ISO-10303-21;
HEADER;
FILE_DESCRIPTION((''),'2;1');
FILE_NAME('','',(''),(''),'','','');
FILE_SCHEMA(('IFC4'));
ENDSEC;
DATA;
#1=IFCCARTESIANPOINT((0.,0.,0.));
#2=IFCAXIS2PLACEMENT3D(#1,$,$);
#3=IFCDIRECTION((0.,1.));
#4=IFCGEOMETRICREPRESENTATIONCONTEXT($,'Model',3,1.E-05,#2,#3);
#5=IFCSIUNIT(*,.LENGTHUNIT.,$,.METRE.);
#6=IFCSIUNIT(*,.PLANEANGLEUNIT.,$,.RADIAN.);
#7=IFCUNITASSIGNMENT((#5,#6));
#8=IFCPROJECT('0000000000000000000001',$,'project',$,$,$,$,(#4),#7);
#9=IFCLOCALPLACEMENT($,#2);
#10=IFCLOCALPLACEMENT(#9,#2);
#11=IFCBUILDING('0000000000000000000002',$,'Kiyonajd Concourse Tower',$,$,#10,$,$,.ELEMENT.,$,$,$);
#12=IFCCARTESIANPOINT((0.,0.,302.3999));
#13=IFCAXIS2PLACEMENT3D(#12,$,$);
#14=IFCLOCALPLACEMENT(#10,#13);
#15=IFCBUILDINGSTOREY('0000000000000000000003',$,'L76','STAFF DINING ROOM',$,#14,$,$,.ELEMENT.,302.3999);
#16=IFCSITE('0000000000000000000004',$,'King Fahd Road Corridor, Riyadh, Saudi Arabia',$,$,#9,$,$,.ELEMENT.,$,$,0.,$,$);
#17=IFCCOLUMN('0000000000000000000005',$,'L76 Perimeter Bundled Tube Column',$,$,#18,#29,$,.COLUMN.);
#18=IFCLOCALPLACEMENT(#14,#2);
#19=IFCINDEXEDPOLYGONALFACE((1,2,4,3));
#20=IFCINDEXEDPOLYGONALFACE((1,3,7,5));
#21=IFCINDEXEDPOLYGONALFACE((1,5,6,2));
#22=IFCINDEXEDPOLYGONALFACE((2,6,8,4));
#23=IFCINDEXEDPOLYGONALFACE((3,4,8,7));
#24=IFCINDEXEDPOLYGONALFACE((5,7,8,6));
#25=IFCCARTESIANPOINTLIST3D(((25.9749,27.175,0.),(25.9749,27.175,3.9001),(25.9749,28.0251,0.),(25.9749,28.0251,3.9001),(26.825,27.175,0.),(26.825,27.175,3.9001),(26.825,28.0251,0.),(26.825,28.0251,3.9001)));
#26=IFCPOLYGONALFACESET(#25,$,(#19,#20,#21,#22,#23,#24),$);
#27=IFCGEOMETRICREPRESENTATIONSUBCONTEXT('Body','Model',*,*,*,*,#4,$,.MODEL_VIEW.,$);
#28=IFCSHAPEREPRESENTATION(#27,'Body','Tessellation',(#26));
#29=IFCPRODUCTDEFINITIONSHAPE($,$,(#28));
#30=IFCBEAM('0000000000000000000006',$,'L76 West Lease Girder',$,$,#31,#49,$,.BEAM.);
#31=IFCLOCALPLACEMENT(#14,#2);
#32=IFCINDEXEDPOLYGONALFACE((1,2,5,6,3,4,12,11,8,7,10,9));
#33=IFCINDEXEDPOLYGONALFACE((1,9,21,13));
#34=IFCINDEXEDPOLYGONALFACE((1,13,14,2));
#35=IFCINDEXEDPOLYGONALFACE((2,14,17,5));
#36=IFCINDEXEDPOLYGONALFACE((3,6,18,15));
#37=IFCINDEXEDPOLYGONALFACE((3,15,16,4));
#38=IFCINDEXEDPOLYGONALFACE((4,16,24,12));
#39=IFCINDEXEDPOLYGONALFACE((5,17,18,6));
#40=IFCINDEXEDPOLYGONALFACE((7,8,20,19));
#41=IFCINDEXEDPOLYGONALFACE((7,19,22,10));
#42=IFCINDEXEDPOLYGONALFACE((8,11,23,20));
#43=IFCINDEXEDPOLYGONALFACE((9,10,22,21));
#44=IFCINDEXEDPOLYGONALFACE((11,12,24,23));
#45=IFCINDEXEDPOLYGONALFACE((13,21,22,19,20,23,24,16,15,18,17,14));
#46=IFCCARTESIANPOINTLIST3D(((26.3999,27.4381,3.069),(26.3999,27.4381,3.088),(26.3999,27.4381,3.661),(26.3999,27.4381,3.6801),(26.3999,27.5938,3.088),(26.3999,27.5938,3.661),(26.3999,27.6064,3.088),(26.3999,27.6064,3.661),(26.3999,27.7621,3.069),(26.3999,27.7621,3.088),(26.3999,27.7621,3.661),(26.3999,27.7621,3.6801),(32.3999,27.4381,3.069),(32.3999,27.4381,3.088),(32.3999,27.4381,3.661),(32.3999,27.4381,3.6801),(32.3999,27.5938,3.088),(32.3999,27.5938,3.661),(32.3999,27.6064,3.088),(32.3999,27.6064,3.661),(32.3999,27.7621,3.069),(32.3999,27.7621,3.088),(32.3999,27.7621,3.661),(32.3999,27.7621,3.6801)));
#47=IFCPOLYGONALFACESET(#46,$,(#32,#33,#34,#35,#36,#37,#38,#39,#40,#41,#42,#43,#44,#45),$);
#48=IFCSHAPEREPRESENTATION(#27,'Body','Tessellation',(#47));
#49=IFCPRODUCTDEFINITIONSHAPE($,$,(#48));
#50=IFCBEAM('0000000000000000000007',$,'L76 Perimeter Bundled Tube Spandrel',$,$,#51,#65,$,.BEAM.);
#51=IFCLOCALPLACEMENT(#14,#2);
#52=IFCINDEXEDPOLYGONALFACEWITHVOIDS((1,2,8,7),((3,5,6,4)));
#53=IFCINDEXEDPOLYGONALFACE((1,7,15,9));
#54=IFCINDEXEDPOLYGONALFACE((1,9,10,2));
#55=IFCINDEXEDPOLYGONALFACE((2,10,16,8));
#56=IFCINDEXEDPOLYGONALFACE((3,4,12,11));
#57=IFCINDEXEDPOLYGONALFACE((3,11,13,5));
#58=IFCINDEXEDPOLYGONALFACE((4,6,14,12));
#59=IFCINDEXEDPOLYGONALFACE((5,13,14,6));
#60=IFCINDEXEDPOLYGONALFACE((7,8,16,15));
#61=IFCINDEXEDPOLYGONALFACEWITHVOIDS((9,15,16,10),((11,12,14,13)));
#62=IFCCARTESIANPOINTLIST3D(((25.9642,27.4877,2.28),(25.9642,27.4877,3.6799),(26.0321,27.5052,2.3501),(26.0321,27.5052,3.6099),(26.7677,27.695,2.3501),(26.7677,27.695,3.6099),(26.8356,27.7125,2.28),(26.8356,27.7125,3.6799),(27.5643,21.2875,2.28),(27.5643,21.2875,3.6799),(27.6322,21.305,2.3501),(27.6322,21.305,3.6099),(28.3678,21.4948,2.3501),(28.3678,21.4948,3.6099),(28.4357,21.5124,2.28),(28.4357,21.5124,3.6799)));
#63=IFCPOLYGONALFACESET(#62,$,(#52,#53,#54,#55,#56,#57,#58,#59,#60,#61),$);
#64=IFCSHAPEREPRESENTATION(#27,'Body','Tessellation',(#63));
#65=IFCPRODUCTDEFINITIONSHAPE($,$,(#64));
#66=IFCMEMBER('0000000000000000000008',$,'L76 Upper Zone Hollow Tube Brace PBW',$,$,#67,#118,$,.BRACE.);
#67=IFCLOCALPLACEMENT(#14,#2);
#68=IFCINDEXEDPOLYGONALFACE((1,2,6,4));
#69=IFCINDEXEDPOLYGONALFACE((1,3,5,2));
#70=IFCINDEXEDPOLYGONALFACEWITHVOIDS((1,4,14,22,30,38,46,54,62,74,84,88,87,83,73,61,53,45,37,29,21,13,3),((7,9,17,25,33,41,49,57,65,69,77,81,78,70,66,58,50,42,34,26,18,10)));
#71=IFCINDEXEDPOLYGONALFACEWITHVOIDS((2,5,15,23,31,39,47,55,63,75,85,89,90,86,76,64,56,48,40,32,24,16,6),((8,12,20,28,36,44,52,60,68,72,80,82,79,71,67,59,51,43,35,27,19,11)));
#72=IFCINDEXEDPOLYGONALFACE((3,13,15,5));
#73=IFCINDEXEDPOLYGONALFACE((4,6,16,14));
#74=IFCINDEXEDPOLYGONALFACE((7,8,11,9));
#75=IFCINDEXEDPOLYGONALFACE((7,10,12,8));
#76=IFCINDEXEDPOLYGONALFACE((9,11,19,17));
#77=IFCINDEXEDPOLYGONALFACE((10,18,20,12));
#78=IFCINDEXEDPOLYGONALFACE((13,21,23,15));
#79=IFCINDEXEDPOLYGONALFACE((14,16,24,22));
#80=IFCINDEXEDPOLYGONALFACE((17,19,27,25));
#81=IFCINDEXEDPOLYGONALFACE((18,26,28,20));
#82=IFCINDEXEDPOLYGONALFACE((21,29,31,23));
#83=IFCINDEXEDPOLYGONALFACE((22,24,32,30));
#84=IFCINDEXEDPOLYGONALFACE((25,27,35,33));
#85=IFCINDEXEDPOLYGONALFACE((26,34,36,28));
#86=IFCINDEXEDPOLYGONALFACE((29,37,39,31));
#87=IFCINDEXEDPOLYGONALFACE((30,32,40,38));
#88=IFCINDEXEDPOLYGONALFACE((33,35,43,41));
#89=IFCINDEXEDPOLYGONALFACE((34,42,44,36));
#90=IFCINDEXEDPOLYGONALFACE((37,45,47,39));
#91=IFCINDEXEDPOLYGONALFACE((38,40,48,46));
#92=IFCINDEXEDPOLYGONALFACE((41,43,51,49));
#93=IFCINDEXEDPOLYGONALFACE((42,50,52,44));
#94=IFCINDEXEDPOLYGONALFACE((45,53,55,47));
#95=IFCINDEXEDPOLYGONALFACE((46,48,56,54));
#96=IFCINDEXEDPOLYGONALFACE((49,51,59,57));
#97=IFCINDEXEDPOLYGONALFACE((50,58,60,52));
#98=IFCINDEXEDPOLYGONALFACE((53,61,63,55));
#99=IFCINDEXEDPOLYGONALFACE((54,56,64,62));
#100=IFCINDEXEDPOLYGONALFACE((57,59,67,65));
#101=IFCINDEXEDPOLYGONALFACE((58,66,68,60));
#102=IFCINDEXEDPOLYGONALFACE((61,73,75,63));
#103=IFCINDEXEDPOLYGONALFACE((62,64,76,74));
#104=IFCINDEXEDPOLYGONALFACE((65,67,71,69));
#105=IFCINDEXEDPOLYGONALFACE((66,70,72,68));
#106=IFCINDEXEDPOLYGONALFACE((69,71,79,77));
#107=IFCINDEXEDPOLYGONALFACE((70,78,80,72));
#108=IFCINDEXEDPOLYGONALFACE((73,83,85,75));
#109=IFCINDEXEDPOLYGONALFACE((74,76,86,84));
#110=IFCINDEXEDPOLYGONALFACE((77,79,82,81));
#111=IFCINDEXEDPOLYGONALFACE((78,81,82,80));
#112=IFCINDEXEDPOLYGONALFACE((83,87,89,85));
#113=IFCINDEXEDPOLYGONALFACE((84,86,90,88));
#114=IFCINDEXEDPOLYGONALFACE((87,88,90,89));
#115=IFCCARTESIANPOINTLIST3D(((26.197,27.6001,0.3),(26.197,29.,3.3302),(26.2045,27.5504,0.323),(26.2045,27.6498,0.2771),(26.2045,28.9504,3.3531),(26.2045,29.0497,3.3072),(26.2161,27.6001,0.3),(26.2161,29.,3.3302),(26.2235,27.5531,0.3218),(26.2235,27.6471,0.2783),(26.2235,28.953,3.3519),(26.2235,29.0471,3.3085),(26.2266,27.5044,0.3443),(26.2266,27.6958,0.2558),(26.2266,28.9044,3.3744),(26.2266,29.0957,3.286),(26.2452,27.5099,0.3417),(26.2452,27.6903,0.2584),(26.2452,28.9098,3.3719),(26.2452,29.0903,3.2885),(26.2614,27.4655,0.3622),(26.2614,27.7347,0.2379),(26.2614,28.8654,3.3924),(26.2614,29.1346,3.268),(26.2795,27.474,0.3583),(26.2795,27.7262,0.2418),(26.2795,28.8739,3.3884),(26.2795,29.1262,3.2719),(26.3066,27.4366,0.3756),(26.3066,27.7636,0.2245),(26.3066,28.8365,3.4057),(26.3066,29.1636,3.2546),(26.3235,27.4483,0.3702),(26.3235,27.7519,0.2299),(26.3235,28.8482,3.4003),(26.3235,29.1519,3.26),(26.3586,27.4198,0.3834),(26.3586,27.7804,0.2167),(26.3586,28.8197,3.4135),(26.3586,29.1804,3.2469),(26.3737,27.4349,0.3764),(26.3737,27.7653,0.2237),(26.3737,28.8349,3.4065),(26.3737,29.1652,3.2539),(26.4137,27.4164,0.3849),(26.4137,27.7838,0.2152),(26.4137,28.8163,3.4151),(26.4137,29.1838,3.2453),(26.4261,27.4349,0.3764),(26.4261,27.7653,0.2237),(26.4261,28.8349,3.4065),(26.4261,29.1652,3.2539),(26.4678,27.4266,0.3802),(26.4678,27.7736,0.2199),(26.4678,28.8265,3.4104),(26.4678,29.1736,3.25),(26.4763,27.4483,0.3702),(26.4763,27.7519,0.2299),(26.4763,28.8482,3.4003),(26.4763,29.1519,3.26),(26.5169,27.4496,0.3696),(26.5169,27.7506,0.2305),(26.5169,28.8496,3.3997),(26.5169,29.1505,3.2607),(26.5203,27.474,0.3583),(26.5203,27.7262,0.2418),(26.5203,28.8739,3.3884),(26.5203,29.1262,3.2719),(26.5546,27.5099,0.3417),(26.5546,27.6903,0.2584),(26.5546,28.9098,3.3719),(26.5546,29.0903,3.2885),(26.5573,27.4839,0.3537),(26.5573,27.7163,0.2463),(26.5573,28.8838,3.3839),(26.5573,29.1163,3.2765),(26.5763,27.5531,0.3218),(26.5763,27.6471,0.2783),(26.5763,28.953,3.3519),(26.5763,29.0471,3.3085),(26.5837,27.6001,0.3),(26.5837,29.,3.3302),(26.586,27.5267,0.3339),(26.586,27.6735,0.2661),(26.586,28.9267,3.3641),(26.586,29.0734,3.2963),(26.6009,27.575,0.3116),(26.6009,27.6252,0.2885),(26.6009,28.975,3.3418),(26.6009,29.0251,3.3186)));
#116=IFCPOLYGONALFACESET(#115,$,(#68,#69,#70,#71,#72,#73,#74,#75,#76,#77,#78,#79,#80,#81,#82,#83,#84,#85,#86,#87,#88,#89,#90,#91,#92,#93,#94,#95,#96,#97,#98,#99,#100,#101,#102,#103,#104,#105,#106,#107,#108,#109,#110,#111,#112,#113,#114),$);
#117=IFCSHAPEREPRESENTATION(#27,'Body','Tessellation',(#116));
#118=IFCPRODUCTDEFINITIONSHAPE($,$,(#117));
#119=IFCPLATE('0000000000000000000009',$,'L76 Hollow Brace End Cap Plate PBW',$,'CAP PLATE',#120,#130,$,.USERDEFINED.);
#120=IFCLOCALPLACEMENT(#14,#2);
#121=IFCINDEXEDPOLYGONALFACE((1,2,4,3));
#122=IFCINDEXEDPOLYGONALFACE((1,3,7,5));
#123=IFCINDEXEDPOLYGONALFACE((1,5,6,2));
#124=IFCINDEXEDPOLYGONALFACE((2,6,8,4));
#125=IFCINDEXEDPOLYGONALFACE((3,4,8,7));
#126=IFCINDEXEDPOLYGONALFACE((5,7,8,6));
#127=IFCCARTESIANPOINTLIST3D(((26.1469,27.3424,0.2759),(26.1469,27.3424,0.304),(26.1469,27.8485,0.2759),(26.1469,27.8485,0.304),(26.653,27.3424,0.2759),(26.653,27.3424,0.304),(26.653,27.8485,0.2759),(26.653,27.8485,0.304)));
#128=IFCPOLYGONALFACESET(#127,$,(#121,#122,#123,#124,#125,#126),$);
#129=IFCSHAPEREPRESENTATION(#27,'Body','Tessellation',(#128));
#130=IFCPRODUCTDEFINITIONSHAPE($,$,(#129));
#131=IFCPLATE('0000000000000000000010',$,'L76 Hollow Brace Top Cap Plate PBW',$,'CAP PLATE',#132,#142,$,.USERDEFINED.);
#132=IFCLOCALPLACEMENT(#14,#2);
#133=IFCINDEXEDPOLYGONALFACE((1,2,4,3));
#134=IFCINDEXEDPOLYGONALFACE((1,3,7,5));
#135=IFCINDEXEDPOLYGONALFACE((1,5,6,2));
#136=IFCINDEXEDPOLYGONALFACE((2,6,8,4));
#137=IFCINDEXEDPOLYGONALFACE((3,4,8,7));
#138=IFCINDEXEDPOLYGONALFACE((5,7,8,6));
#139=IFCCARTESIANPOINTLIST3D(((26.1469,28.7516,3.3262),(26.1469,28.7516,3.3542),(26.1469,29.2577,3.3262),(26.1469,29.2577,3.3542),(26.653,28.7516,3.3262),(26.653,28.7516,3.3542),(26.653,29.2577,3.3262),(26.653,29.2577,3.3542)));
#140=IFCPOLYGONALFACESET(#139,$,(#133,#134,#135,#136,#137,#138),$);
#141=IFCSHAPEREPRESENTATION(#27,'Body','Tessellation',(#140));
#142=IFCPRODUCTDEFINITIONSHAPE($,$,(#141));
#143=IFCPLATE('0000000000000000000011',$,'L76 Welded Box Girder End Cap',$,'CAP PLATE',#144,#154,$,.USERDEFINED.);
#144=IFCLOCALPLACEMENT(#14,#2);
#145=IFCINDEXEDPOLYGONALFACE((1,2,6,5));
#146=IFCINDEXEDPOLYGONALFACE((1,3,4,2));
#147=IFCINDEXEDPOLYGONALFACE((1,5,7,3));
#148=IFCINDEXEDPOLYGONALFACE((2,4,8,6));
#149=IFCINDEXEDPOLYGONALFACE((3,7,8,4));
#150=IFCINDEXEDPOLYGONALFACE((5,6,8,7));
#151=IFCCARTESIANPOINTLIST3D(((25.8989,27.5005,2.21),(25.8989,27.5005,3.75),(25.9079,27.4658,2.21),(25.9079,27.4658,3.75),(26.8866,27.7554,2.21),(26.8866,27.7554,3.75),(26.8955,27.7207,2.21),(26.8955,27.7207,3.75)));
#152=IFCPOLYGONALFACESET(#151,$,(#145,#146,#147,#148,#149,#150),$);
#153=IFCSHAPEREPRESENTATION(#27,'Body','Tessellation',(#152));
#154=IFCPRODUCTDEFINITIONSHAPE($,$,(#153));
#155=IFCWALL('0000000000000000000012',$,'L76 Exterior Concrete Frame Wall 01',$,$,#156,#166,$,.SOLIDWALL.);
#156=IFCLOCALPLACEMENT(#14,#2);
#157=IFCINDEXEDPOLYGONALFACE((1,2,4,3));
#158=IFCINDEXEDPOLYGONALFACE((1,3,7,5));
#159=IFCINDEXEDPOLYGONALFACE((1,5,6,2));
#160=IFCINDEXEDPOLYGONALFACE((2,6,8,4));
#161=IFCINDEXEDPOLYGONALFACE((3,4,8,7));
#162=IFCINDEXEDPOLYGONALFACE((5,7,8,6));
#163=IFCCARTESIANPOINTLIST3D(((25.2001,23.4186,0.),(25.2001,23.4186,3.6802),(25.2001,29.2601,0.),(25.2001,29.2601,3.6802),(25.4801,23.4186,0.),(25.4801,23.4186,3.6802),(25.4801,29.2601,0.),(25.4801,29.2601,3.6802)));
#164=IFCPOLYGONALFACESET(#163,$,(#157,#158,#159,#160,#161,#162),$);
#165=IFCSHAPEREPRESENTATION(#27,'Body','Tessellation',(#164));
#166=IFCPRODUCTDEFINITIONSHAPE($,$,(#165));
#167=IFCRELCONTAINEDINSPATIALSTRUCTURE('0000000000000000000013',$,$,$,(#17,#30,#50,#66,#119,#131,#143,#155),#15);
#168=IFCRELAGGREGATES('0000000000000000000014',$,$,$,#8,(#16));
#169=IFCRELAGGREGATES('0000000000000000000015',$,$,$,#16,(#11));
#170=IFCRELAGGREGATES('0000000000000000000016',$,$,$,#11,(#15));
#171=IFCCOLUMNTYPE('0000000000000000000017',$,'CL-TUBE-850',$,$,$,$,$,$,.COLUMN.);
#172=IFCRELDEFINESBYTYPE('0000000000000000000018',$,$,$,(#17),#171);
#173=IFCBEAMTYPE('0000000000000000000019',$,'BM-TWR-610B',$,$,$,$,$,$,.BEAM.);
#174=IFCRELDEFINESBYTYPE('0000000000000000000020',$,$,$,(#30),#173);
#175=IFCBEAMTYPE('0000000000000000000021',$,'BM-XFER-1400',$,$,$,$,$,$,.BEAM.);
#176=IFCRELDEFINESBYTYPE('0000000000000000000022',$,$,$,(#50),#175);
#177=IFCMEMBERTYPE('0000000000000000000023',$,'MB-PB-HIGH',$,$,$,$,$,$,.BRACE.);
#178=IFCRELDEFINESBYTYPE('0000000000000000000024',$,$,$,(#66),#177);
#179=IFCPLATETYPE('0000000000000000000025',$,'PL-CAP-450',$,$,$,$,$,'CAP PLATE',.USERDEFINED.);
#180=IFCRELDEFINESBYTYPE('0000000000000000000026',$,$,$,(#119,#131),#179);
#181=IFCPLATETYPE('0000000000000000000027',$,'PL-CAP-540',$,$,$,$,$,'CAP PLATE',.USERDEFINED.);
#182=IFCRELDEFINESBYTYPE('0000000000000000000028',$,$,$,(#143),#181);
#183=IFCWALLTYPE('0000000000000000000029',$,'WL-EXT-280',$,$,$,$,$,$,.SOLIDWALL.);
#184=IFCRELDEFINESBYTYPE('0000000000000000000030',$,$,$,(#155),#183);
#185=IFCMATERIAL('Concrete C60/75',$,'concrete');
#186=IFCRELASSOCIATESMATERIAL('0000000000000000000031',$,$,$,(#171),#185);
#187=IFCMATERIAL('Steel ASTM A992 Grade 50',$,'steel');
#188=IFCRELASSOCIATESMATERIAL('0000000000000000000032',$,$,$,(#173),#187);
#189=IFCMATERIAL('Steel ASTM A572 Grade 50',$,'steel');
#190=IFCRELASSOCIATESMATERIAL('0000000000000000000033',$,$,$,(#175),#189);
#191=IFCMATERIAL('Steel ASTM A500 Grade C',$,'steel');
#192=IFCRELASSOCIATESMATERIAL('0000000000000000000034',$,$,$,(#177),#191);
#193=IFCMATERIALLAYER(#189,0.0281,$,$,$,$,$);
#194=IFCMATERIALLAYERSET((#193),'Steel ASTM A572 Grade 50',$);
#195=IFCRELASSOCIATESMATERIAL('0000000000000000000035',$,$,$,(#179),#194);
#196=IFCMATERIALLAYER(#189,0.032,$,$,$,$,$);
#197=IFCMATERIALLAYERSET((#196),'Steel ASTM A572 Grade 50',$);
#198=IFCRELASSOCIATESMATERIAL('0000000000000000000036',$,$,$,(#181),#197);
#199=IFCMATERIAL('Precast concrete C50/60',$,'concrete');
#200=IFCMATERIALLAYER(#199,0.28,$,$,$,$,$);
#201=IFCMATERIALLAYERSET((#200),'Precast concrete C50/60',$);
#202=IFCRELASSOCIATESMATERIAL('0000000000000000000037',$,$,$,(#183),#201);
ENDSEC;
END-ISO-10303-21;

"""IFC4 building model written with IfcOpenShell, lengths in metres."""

from ifc_helpers import new_model, si_unit, direction, frame, frame_2d, origin, origin_2d, place, context, subcontext, project, spatial, rectangle, hollow_rectangle, hollow_circle, i_section, extrude, material, layer, layer_set, material_profile, profile_set, type_object, element, save


model = new_model("IFC4")

# Units and contexts
model_context = context("Model", 3, precision=1e-05, world=origin(), true_north=direction((0.0, 1.0)))
body_context = subcontext(model_context, "Body", "Model", "MODEL_VIEW")
ifc_project = project(units=[si_unit("LENGTHUNIT", "METRE"), si_unit("PLANEANGLEUNIT", "RADIAN")], contexts=[model_context])

# Site, building, storey
site_placement = place(None, origin())
site = spatial("IfcSite", under=ifc_project, at=site_placement, Name="King Fahd Road Corridor, Riyadh, Saudi Arabia", CompositionType="ELEMENT", RefElevation=0.0)
building_placement = place(site_placement, origin())
building = spatial("IfcBuilding", under=site, at=building_placement, Name="Kiyonajd Concourse Tower", CompositionType="ELEMENT")
storey_placement = place(building_placement, frame((0.0, 0.0, 302.3999)))
storey = spatial("IfcBuildingStorey", under=building, at=storey_placement, Name="L76", Description="STAFF DINING ROOM", CompositionType="ELEMENT", Elevation=302.3999)

# Column
ifc_material_1 = material(Name="Concrete C60/75", Category="concrete")
ifc_material_profile_1 = material_profile(ifc_material_1, rectangle(XDim=0.8501, YDim=0.8501, at=origin_2d()), Name="RC-850x850")
ifc_profile_set_1 = profile_set([ifc_material_profile_1], Name="Concrete C60/75")
column_type = type_object("IfcColumnType", Name="CL-TUBE-850", PredefinedType="COLUMN", material=ifc_profile_set_1)
column_placement = place(storey_placement, frame((26.3999, 27.6001, 0.0), z_axis=(0.0, 0.0, 1.0), x_axis=(1.0, 0.0, 0.0)))
element("IfcColumn", 1, at=column_placement, inside=storey, type_object=column_type, Name="L76 Perimeter Bundled Tube Column", PredefinedType="COLUMN", context=body_context, shape_type="SweptSolid", body=[
    extrude(rectangle(XDim=0.8501, YDim=0.8501, at=origin_2d()), origin(), (0.0, 0.0, 1.0), 3.9001),
])

# Beams
ifc_material_2 = material(Name="Steel ASTM A992 Grade 50", Category="steel")
ifc_material_profile_2 = material_profile(ifc_material_2, i_section(OverallWidth=0.324, OverallDepth=0.6111, WebThickness=0.0127, FlangeThickness=0.019, at=origin_2d()), Name="W610X155")
ifc_profile_set_2 = profile_set([ifc_material_profile_2], Name="Steel ASTM A992 Grade 50")
beam_type_1 = type_object("IfcBeamType", Name="BM-TWR-610B", PredefinedType="BEAM", material=ifc_profile_set_2)
beam_1_placement = place(storey_placement, frame((26.3999, 27.6001, 3.3745), z_axis=(1.0, 0.0, 0.0), x_axis=(0.0, 1.0, 0.0)))
element("IfcBeam", 2, at=beam_1_placement, inside=storey, type_object=beam_type_1, Name="L76 West Lease Girder", PredefinedType="BEAM", context=body_context, shape_type="SweptSolid", body=[
    extrude(i_section(OverallWidth=0.324, OverallDepth=0.6111, WebThickness=0.0127, FlangeThickness=0.019, at=origin_2d()), origin(), (0.0, 0.0, 1.0), 6.0),
])
ifc_material_3 = material(Name="Steel ASTM A572 Grade 50", Category="steel")
ifc_material_profile_3 = material_profile(ifc_material_3, hollow_rectangle(XDim=0.8999, YDim=1.3999, WallThickness=0.0701, at=origin_2d()), Name="BOX-1400x900x70")
ifc_profile_set_3 = profile_set([ifc_material_profile_3], Name="Steel ASTM A572 Grade 50")
beam_type_2 = type_object("IfcBeamType", Name="BM-XFER-1400", PredefinedType="BEAM", material=ifc_profile_set_3)
beam_2_placement = place(storey_placement, frame((26.3999, 27.6001, 2.98), z_axis=(0.249885, -0.968276, 0.0), x_axis=(0.968276, 0.249885, 0.0)))
element("IfcBeam", 3, at=beam_2_placement, inside=storey, type_object=beam_type_2, Name="L76 Perimeter Bundled Tube Spandrel", PredefinedType="BEAM", context=body_context, shape_type="SweptSolid", body=[
    extrude(hollow_rectangle(XDim=0.8999, YDim=1.3999, WallThickness=0.0701, at=origin_2d()), origin(), (0.0, 0.0, 1.0), 6.4033),
])

# Member
ifc_material_4 = material(Name="Steel ASTM A500 Grade C", Category="steel")
ifc_material_profile_4 = material_profile(ifc_material_4, hollow_circle(Radius=0.2029, WallThickness=0.019, at=origin_2d()), Name="CHS-406x19")
ifc_profile_set_4 = profile_set([ifc_material_profile_4], Name="Steel ASTM A500 Grade C")
member_type = type_object("IfcMemberType", Name="MB-PB-HIGH", PredefinedType="BRACE", material=ifc_profile_set_4)
member_placement = place(storey_placement, frame((26.3999, 27.6001, 0.3), z_axis=(0.0, 0.419411, 0.907797), x_axis=(-1.0, 0.0, 0.0)))
element("IfcMember", 4, at=member_placement, inside=storey, type_object=member_type, Name="L76 Upper Zone Hollow Tube Brace PBW", PredefinedType="BRACE", context=body_context, shape_type="SweptSolid", body=[
    extrude(hollow_circle(Radius=0.2029, WallThickness=0.019, at=origin_2d()), origin(), (0.0, 0.0, 1.0), 3.3379),
])

# Plates
ifc_layer_1 = layer(ifc_material_3, 0.0281)
ifc_layer_set_1 = layer_set([ifc_layer_1], Name="Steel ASTM A572 Grade 50")
plate_type_1 = type_object("IfcPlateType", Name="PL-CAP-450", ElementType="CAP PLATE", PredefinedType="USERDEFINED", material=ifc_layer_set_1)
for number, where, z_axis, x_axis, name in (
    (5, (26.3999, 27.5955, 0.2759), (0.0, 0.0, 1.0), (1.0, 0.0, 0.0), "L76 Hollow Brace End Cap Plate PBW"),
    (6, (26.3999, 29.0046, 3.3262), (0.0, 0.0, 1.0), (1.0, 0.0, 0.0), "L76 Hollow Brace Top Cap Plate PBW"),
):
    element("IfcPlate", number, at=place(storey_placement, frame(where, z_axis=z_axis, x_axis=x_axis)), inside=storey, type_object=plate_type_1, Name=name, ObjectType="CAP PLATE", PredefinedType="USERDEFINED", context=body_context, shape_type="SweptSolid", body=[
        extrude(rectangle(XDim=0.5061, YDim=0.5061, at=origin_2d()), origin(), (0.0, 0.0, 1.0), 0.0281),
    ])
ifc_layer_2 = layer(ifc_material_3, 0.032)
ifc_layer_set_2 = layer_set([ifc_layer_2], Name="Steel ASTM A572 Grade 50")
plate_type_2 = type_object("IfcPlateType", Name="PL-CAP-540", ElementType="CAP PLATE", PredefinedType="USERDEFINED", material=ifc_layer_set_2)
plate_placement = place(storey_placement, frame((26.3972, 27.6106, 2.21), z_axis=(0.0, 0.0, 1.0), x_axis=(-0.249873, 0.968279, 0.0)))
element("IfcPlate", 7, at=plate_placement, inside=storey, type_object=plate_type_2, Name="L76 Welded Box Girder End Cap", ObjectType="CAP PLATE", PredefinedType="USERDEFINED", context=body_context, shape_type="SweptSolid", body=[
    extrude(rectangle(XDim=0.0359, YDim=1.02, at=origin_2d()), origin(), (0.0, 0.0, 1.0), 1.54),
])

# Wall
ifc_material_5 = material(Name="Precast concrete C50/60", Category="concrete")
ifc_layer_3 = layer(ifc_material_5, 0.28)
ifc_layer_set_3 = layer_set([ifc_layer_3], Name="Precast concrete C50/60")
wall_type_1 = type_object("IfcWallType", Name="WL-EXT-280", PredefinedType="SOLIDWALL", material=ifc_layer_set_3)
wall_1_placement = place(storey_placement, frame((25.3401, 23.4185, 0.0), z_axis=(0.0, 0.0, 1.0), x_axis=(0.0, 1.0, 0.0)))
element("IfcWall", 8, at=wall_1_placement, inside=storey, type_object=wall_type_1, Name="L76 Exterior Concrete Frame Wall 01", PredefinedType="SOLIDWALL", context=body_context, shape_type="SweptSolid", body=[
    extrude(rectangle(XDim=5.8416, YDim=0.28, at=frame_2d((2.9209, 0.0))), origin(), (0.0, 0.0, 1.0), 3.6802),
])

save(model, "model.ifc")
